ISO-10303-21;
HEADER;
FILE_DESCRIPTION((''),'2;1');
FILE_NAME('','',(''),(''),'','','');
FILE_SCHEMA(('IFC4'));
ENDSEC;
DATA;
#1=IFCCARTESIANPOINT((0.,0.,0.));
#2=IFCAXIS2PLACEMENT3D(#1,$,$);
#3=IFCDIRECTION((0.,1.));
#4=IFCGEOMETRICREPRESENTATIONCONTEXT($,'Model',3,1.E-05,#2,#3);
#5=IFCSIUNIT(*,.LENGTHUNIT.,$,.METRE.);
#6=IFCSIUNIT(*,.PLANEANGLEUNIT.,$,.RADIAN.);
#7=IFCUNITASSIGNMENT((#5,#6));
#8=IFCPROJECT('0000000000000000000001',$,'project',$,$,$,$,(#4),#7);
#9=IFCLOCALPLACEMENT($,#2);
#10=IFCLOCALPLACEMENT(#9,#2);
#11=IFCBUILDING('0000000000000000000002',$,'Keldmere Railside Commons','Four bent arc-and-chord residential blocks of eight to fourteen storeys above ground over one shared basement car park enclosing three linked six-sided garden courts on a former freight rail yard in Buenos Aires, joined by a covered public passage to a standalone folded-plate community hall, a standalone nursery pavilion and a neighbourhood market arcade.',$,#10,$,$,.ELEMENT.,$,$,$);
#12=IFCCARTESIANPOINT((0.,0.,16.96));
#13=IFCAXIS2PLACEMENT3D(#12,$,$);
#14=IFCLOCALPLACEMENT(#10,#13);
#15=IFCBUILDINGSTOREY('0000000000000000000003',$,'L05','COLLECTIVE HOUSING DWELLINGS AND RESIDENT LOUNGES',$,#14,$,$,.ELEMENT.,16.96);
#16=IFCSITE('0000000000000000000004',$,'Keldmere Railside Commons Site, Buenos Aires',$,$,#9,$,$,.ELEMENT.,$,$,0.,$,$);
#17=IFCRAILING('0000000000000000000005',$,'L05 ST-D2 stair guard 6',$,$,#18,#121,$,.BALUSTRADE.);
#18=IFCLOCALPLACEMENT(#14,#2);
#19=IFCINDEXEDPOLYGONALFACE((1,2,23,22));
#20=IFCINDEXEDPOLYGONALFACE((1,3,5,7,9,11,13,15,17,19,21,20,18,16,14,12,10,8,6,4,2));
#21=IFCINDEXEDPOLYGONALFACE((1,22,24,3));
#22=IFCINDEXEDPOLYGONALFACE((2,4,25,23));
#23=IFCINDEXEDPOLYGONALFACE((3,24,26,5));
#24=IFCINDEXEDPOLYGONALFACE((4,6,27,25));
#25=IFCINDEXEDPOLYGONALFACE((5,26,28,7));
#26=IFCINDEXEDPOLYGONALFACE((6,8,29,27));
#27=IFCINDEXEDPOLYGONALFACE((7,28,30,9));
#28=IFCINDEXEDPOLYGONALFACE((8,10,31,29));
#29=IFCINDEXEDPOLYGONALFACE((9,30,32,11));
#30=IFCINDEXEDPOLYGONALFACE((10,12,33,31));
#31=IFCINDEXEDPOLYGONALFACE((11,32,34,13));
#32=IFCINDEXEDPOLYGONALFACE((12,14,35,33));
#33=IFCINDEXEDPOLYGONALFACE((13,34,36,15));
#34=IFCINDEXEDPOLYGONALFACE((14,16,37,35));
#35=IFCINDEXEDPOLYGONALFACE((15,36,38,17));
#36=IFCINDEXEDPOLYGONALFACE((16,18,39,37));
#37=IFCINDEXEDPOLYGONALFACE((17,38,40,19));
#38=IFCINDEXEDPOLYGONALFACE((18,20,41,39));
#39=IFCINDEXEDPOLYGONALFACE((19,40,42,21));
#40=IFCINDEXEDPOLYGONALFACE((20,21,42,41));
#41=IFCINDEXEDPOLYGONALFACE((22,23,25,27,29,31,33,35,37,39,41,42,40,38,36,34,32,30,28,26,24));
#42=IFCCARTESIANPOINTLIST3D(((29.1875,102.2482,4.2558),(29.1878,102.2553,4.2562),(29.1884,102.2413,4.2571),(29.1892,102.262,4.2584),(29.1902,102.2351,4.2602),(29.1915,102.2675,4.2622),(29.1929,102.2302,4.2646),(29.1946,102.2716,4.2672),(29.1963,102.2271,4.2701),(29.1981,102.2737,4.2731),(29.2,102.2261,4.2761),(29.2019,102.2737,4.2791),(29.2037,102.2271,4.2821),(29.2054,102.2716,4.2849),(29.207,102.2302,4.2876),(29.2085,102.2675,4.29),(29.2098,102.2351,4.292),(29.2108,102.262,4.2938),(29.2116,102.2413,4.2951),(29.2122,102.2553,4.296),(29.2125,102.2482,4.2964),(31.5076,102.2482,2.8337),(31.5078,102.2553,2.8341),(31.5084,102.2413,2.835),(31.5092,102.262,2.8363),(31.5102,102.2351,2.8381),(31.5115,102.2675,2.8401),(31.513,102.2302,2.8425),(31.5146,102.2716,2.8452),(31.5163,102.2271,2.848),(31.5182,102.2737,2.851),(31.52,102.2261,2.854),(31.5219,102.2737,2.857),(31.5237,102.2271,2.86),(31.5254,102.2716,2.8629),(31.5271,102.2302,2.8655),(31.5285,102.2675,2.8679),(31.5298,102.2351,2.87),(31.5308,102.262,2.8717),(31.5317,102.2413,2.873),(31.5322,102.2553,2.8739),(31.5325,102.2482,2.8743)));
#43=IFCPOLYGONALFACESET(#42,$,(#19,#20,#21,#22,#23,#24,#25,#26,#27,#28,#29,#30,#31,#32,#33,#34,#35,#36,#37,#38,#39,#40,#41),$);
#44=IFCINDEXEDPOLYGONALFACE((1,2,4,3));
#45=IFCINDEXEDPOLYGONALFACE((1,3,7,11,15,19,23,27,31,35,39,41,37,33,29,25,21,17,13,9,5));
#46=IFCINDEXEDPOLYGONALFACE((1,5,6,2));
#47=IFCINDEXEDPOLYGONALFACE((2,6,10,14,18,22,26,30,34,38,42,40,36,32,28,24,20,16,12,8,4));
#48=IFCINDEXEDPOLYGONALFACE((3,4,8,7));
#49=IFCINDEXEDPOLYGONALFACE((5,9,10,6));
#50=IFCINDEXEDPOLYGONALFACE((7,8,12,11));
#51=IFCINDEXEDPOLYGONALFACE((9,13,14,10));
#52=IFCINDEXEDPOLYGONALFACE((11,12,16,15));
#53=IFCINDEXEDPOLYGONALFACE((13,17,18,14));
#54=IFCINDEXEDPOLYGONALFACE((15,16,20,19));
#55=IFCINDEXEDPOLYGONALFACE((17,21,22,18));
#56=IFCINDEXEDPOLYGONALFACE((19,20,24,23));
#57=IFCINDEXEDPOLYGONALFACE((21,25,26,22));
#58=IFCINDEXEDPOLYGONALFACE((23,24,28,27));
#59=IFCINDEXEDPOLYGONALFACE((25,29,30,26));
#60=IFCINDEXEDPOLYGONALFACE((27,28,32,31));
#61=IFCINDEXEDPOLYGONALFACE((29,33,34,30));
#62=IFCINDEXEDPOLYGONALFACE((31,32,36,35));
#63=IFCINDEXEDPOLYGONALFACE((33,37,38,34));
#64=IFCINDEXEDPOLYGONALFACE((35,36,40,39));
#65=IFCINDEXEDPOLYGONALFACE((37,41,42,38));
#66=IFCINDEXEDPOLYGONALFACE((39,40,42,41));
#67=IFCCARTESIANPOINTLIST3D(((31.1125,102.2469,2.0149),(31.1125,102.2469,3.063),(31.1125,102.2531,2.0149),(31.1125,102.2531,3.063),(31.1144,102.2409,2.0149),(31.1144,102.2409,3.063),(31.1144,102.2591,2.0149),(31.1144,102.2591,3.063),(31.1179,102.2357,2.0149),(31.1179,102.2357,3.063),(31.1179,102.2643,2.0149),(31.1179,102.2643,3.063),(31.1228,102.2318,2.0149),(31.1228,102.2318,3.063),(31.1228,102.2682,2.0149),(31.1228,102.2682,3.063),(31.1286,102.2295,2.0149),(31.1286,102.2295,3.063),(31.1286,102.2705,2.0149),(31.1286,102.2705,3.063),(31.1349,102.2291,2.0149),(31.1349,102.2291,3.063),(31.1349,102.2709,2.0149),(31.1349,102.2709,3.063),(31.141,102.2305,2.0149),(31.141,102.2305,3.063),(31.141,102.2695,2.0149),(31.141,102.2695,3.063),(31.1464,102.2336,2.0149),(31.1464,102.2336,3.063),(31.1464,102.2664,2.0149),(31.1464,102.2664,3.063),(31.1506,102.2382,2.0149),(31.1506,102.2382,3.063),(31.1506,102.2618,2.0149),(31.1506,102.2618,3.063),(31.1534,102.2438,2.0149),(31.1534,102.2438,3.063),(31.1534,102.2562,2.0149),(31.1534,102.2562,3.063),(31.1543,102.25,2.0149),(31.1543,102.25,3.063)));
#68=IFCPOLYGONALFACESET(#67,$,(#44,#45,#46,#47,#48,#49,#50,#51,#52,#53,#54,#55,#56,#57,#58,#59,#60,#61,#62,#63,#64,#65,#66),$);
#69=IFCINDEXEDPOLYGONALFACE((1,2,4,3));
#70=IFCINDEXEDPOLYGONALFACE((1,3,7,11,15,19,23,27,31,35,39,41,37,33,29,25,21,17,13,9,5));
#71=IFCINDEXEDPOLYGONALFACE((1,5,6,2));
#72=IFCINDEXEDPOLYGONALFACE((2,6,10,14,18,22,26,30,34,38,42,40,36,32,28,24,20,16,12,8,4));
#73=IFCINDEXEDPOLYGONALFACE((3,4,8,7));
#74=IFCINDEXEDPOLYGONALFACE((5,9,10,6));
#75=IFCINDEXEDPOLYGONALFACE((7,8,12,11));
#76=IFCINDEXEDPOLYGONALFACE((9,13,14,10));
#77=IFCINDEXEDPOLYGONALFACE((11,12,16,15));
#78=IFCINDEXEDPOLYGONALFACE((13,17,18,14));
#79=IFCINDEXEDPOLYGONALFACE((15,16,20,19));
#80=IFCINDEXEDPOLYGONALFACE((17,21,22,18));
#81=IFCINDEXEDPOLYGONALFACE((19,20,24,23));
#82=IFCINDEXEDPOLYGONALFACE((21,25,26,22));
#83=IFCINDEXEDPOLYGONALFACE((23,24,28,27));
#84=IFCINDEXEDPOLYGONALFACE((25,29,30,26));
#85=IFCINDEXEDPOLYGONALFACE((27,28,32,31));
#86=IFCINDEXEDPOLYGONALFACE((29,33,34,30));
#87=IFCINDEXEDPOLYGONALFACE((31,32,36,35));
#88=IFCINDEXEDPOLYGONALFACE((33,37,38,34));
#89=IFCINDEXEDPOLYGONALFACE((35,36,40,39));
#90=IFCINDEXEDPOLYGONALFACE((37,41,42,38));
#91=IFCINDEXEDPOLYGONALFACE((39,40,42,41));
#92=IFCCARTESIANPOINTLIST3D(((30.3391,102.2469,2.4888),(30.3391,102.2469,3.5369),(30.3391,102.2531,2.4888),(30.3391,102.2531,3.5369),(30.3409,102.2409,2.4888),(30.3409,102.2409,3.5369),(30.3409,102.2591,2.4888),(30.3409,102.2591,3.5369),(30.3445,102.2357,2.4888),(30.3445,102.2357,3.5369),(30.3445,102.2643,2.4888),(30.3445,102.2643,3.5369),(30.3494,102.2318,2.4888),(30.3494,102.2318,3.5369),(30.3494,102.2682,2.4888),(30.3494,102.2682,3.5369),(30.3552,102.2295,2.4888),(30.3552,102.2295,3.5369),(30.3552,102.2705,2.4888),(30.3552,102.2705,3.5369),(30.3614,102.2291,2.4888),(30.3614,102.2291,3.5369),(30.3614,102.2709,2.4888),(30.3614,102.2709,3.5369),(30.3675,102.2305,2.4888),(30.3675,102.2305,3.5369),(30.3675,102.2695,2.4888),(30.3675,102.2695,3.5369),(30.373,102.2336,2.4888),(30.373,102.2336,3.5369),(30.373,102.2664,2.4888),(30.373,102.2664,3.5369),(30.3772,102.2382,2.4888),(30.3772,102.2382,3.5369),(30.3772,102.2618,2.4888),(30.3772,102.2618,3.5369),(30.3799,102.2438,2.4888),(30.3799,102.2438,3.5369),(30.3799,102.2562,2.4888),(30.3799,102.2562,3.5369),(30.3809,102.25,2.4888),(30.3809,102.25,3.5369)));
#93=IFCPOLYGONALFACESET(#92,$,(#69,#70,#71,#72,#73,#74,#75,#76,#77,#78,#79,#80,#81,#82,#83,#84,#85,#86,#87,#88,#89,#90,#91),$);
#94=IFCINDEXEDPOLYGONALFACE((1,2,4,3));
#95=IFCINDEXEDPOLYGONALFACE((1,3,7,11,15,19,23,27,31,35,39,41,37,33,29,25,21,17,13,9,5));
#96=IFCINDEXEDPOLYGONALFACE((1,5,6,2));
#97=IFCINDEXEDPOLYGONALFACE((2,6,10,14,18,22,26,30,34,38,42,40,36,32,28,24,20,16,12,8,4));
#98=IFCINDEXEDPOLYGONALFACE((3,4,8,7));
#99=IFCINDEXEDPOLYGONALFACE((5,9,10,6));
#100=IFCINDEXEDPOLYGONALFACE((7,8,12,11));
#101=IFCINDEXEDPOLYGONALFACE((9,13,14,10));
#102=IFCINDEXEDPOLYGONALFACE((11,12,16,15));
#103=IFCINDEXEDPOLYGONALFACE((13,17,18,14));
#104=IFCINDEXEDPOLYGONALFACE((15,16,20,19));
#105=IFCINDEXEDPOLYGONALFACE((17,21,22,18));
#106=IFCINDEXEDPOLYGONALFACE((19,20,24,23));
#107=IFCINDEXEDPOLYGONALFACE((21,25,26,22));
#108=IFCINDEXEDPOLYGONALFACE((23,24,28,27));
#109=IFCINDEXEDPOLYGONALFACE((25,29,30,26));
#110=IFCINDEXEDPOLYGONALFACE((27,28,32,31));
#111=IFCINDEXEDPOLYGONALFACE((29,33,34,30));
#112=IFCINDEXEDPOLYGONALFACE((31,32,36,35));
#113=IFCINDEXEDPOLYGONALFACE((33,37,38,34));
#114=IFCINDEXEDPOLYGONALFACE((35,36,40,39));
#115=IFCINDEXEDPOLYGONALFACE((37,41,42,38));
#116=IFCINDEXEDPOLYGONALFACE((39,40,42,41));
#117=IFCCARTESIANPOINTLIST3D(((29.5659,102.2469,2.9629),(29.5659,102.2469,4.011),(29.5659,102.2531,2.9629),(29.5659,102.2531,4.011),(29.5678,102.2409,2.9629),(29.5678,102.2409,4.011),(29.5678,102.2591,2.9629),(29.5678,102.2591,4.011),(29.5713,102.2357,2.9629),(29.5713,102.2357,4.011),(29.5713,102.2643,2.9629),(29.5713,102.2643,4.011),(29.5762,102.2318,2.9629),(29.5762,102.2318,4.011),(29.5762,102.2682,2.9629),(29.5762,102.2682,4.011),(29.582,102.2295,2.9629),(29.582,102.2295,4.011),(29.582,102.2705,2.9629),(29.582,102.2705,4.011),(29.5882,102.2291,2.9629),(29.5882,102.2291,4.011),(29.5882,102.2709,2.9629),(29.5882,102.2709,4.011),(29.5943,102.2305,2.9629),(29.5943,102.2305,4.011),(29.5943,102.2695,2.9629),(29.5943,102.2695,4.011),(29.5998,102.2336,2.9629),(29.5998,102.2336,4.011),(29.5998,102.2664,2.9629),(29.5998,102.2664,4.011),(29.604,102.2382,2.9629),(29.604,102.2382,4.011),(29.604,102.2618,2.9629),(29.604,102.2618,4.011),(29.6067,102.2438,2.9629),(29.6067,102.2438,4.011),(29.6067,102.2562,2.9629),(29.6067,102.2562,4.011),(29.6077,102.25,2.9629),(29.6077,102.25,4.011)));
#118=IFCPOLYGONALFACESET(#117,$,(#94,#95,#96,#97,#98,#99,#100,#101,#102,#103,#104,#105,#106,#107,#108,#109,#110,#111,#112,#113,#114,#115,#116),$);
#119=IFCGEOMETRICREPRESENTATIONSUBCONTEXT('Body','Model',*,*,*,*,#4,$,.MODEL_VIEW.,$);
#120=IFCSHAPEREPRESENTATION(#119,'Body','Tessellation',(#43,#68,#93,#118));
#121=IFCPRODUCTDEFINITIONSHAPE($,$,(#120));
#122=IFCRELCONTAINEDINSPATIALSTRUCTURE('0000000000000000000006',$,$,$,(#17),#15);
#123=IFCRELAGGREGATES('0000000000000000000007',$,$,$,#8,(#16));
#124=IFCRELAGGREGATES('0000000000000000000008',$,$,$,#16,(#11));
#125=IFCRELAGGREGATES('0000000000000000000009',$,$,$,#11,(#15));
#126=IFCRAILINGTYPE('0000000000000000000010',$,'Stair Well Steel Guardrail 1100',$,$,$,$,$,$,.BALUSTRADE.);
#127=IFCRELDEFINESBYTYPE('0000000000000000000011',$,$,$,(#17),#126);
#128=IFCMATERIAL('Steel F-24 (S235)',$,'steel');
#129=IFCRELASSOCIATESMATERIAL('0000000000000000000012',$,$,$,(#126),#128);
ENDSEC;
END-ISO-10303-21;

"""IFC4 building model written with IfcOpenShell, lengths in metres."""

from ifc_helpers import new_model, si_unit, direction, frame, origin, origin_2d, place, context, subcontext, project, spatial, circle, extrude, material, type_object, element, save


model = new_model("IFC4")

# Units and contexts
model_context = context("Model", 3, precision=1e-05, world=origin(), true_north=direction((0.0, 1.0)))
body_context = subcontext(model_context, "Body", "Model", "MODEL_VIEW")
ifc_project = project(units=[si_unit("LENGTHUNIT", "METRE"), si_unit("PLANEANGLEUNIT", "RADIAN")], contexts=[model_context])

# Site, building, storey
site_placement = place(None, origin())
site = spatial("IfcSite", under=ifc_project, at=site_placement, Name="Keldmere Railside Commons Site, Buenos Aires", CompositionType="ELEMENT", RefElevation=0.0)
building_placement = place(site_placement, origin())
building = spatial("IfcBuilding", under=site, at=building_placement, Name="Keldmere Railside Commons", Description="Four bent arc-and-chord residential blocks of eight to fourteen storeys above ground over one shared basement car park enclosing three linked six-sided garden courts on a former freight rail yard in Buenos Aires, joined by a covered public passage to a standalone folded-plate community hall, a standalone nursery pavilion and a neighbourhood market arcade.", CompositionType="ELEMENT")
storey_placement = place(building_placement, frame((0.0, 0.0, 16.96)))
storey = spatial("IfcBuildingStorey", under=building, at=storey_placement, Name="L05", Description="COLLECTIVE HOUSING DWELLINGS AND RESIDENT LOUNGES", CompositionType="ELEMENT", Elevation=16.96)

# Shared definitions
ifc_material_1 = material(Name="Steel F-24 (S235)", Category="steel")

# Railing
railing_type_1 = type_object("IfcRailingType", Name="Stair Well Steel Guardrail 1100", PredefinedType="BALUSTRADE", material=ifc_material_1)
railing_1_placement = place(storey_placement, frame((31.52, 102.25, 1.7778)))
element("IfcRailing", 1, at=railing_1_placement, inside=storey, type_object=railing_type_1, Name="L05 ST-D2 stair guard 6", PredefinedType="BALUSTRADE", context=body_context, shape_type="SweptSolid", body=[
    extrude(circle(Radius=0.0239, at=origin_2d()), frame((0.0, 0.0, 1.0762), z_axis=(-0.852578, 0.0, 0.5226), x_axis=(0.0, -1.0, 0.0)), (0.0, 0.0, 1.0), 2.7212),
    extrude(circle(Radius=0.021, at=origin_2d()), frame((-0.3867, 0.0, 0.2371)), (0.0, 0.0, 1.0), 1.0481),
    extrude(circle(Radius=0.021, at=origin_2d()), frame((-1.1602, 0.0, 0.7109)), (0.0, 0.0, 1.0), 1.0481),
    extrude(circle(Radius=0.021, at=origin_2d()), frame((-1.9333, 0.0, 1.1851)), (0.0, 0.0, 1.0), 1.0481),
])

save(model, "model.ifc")
